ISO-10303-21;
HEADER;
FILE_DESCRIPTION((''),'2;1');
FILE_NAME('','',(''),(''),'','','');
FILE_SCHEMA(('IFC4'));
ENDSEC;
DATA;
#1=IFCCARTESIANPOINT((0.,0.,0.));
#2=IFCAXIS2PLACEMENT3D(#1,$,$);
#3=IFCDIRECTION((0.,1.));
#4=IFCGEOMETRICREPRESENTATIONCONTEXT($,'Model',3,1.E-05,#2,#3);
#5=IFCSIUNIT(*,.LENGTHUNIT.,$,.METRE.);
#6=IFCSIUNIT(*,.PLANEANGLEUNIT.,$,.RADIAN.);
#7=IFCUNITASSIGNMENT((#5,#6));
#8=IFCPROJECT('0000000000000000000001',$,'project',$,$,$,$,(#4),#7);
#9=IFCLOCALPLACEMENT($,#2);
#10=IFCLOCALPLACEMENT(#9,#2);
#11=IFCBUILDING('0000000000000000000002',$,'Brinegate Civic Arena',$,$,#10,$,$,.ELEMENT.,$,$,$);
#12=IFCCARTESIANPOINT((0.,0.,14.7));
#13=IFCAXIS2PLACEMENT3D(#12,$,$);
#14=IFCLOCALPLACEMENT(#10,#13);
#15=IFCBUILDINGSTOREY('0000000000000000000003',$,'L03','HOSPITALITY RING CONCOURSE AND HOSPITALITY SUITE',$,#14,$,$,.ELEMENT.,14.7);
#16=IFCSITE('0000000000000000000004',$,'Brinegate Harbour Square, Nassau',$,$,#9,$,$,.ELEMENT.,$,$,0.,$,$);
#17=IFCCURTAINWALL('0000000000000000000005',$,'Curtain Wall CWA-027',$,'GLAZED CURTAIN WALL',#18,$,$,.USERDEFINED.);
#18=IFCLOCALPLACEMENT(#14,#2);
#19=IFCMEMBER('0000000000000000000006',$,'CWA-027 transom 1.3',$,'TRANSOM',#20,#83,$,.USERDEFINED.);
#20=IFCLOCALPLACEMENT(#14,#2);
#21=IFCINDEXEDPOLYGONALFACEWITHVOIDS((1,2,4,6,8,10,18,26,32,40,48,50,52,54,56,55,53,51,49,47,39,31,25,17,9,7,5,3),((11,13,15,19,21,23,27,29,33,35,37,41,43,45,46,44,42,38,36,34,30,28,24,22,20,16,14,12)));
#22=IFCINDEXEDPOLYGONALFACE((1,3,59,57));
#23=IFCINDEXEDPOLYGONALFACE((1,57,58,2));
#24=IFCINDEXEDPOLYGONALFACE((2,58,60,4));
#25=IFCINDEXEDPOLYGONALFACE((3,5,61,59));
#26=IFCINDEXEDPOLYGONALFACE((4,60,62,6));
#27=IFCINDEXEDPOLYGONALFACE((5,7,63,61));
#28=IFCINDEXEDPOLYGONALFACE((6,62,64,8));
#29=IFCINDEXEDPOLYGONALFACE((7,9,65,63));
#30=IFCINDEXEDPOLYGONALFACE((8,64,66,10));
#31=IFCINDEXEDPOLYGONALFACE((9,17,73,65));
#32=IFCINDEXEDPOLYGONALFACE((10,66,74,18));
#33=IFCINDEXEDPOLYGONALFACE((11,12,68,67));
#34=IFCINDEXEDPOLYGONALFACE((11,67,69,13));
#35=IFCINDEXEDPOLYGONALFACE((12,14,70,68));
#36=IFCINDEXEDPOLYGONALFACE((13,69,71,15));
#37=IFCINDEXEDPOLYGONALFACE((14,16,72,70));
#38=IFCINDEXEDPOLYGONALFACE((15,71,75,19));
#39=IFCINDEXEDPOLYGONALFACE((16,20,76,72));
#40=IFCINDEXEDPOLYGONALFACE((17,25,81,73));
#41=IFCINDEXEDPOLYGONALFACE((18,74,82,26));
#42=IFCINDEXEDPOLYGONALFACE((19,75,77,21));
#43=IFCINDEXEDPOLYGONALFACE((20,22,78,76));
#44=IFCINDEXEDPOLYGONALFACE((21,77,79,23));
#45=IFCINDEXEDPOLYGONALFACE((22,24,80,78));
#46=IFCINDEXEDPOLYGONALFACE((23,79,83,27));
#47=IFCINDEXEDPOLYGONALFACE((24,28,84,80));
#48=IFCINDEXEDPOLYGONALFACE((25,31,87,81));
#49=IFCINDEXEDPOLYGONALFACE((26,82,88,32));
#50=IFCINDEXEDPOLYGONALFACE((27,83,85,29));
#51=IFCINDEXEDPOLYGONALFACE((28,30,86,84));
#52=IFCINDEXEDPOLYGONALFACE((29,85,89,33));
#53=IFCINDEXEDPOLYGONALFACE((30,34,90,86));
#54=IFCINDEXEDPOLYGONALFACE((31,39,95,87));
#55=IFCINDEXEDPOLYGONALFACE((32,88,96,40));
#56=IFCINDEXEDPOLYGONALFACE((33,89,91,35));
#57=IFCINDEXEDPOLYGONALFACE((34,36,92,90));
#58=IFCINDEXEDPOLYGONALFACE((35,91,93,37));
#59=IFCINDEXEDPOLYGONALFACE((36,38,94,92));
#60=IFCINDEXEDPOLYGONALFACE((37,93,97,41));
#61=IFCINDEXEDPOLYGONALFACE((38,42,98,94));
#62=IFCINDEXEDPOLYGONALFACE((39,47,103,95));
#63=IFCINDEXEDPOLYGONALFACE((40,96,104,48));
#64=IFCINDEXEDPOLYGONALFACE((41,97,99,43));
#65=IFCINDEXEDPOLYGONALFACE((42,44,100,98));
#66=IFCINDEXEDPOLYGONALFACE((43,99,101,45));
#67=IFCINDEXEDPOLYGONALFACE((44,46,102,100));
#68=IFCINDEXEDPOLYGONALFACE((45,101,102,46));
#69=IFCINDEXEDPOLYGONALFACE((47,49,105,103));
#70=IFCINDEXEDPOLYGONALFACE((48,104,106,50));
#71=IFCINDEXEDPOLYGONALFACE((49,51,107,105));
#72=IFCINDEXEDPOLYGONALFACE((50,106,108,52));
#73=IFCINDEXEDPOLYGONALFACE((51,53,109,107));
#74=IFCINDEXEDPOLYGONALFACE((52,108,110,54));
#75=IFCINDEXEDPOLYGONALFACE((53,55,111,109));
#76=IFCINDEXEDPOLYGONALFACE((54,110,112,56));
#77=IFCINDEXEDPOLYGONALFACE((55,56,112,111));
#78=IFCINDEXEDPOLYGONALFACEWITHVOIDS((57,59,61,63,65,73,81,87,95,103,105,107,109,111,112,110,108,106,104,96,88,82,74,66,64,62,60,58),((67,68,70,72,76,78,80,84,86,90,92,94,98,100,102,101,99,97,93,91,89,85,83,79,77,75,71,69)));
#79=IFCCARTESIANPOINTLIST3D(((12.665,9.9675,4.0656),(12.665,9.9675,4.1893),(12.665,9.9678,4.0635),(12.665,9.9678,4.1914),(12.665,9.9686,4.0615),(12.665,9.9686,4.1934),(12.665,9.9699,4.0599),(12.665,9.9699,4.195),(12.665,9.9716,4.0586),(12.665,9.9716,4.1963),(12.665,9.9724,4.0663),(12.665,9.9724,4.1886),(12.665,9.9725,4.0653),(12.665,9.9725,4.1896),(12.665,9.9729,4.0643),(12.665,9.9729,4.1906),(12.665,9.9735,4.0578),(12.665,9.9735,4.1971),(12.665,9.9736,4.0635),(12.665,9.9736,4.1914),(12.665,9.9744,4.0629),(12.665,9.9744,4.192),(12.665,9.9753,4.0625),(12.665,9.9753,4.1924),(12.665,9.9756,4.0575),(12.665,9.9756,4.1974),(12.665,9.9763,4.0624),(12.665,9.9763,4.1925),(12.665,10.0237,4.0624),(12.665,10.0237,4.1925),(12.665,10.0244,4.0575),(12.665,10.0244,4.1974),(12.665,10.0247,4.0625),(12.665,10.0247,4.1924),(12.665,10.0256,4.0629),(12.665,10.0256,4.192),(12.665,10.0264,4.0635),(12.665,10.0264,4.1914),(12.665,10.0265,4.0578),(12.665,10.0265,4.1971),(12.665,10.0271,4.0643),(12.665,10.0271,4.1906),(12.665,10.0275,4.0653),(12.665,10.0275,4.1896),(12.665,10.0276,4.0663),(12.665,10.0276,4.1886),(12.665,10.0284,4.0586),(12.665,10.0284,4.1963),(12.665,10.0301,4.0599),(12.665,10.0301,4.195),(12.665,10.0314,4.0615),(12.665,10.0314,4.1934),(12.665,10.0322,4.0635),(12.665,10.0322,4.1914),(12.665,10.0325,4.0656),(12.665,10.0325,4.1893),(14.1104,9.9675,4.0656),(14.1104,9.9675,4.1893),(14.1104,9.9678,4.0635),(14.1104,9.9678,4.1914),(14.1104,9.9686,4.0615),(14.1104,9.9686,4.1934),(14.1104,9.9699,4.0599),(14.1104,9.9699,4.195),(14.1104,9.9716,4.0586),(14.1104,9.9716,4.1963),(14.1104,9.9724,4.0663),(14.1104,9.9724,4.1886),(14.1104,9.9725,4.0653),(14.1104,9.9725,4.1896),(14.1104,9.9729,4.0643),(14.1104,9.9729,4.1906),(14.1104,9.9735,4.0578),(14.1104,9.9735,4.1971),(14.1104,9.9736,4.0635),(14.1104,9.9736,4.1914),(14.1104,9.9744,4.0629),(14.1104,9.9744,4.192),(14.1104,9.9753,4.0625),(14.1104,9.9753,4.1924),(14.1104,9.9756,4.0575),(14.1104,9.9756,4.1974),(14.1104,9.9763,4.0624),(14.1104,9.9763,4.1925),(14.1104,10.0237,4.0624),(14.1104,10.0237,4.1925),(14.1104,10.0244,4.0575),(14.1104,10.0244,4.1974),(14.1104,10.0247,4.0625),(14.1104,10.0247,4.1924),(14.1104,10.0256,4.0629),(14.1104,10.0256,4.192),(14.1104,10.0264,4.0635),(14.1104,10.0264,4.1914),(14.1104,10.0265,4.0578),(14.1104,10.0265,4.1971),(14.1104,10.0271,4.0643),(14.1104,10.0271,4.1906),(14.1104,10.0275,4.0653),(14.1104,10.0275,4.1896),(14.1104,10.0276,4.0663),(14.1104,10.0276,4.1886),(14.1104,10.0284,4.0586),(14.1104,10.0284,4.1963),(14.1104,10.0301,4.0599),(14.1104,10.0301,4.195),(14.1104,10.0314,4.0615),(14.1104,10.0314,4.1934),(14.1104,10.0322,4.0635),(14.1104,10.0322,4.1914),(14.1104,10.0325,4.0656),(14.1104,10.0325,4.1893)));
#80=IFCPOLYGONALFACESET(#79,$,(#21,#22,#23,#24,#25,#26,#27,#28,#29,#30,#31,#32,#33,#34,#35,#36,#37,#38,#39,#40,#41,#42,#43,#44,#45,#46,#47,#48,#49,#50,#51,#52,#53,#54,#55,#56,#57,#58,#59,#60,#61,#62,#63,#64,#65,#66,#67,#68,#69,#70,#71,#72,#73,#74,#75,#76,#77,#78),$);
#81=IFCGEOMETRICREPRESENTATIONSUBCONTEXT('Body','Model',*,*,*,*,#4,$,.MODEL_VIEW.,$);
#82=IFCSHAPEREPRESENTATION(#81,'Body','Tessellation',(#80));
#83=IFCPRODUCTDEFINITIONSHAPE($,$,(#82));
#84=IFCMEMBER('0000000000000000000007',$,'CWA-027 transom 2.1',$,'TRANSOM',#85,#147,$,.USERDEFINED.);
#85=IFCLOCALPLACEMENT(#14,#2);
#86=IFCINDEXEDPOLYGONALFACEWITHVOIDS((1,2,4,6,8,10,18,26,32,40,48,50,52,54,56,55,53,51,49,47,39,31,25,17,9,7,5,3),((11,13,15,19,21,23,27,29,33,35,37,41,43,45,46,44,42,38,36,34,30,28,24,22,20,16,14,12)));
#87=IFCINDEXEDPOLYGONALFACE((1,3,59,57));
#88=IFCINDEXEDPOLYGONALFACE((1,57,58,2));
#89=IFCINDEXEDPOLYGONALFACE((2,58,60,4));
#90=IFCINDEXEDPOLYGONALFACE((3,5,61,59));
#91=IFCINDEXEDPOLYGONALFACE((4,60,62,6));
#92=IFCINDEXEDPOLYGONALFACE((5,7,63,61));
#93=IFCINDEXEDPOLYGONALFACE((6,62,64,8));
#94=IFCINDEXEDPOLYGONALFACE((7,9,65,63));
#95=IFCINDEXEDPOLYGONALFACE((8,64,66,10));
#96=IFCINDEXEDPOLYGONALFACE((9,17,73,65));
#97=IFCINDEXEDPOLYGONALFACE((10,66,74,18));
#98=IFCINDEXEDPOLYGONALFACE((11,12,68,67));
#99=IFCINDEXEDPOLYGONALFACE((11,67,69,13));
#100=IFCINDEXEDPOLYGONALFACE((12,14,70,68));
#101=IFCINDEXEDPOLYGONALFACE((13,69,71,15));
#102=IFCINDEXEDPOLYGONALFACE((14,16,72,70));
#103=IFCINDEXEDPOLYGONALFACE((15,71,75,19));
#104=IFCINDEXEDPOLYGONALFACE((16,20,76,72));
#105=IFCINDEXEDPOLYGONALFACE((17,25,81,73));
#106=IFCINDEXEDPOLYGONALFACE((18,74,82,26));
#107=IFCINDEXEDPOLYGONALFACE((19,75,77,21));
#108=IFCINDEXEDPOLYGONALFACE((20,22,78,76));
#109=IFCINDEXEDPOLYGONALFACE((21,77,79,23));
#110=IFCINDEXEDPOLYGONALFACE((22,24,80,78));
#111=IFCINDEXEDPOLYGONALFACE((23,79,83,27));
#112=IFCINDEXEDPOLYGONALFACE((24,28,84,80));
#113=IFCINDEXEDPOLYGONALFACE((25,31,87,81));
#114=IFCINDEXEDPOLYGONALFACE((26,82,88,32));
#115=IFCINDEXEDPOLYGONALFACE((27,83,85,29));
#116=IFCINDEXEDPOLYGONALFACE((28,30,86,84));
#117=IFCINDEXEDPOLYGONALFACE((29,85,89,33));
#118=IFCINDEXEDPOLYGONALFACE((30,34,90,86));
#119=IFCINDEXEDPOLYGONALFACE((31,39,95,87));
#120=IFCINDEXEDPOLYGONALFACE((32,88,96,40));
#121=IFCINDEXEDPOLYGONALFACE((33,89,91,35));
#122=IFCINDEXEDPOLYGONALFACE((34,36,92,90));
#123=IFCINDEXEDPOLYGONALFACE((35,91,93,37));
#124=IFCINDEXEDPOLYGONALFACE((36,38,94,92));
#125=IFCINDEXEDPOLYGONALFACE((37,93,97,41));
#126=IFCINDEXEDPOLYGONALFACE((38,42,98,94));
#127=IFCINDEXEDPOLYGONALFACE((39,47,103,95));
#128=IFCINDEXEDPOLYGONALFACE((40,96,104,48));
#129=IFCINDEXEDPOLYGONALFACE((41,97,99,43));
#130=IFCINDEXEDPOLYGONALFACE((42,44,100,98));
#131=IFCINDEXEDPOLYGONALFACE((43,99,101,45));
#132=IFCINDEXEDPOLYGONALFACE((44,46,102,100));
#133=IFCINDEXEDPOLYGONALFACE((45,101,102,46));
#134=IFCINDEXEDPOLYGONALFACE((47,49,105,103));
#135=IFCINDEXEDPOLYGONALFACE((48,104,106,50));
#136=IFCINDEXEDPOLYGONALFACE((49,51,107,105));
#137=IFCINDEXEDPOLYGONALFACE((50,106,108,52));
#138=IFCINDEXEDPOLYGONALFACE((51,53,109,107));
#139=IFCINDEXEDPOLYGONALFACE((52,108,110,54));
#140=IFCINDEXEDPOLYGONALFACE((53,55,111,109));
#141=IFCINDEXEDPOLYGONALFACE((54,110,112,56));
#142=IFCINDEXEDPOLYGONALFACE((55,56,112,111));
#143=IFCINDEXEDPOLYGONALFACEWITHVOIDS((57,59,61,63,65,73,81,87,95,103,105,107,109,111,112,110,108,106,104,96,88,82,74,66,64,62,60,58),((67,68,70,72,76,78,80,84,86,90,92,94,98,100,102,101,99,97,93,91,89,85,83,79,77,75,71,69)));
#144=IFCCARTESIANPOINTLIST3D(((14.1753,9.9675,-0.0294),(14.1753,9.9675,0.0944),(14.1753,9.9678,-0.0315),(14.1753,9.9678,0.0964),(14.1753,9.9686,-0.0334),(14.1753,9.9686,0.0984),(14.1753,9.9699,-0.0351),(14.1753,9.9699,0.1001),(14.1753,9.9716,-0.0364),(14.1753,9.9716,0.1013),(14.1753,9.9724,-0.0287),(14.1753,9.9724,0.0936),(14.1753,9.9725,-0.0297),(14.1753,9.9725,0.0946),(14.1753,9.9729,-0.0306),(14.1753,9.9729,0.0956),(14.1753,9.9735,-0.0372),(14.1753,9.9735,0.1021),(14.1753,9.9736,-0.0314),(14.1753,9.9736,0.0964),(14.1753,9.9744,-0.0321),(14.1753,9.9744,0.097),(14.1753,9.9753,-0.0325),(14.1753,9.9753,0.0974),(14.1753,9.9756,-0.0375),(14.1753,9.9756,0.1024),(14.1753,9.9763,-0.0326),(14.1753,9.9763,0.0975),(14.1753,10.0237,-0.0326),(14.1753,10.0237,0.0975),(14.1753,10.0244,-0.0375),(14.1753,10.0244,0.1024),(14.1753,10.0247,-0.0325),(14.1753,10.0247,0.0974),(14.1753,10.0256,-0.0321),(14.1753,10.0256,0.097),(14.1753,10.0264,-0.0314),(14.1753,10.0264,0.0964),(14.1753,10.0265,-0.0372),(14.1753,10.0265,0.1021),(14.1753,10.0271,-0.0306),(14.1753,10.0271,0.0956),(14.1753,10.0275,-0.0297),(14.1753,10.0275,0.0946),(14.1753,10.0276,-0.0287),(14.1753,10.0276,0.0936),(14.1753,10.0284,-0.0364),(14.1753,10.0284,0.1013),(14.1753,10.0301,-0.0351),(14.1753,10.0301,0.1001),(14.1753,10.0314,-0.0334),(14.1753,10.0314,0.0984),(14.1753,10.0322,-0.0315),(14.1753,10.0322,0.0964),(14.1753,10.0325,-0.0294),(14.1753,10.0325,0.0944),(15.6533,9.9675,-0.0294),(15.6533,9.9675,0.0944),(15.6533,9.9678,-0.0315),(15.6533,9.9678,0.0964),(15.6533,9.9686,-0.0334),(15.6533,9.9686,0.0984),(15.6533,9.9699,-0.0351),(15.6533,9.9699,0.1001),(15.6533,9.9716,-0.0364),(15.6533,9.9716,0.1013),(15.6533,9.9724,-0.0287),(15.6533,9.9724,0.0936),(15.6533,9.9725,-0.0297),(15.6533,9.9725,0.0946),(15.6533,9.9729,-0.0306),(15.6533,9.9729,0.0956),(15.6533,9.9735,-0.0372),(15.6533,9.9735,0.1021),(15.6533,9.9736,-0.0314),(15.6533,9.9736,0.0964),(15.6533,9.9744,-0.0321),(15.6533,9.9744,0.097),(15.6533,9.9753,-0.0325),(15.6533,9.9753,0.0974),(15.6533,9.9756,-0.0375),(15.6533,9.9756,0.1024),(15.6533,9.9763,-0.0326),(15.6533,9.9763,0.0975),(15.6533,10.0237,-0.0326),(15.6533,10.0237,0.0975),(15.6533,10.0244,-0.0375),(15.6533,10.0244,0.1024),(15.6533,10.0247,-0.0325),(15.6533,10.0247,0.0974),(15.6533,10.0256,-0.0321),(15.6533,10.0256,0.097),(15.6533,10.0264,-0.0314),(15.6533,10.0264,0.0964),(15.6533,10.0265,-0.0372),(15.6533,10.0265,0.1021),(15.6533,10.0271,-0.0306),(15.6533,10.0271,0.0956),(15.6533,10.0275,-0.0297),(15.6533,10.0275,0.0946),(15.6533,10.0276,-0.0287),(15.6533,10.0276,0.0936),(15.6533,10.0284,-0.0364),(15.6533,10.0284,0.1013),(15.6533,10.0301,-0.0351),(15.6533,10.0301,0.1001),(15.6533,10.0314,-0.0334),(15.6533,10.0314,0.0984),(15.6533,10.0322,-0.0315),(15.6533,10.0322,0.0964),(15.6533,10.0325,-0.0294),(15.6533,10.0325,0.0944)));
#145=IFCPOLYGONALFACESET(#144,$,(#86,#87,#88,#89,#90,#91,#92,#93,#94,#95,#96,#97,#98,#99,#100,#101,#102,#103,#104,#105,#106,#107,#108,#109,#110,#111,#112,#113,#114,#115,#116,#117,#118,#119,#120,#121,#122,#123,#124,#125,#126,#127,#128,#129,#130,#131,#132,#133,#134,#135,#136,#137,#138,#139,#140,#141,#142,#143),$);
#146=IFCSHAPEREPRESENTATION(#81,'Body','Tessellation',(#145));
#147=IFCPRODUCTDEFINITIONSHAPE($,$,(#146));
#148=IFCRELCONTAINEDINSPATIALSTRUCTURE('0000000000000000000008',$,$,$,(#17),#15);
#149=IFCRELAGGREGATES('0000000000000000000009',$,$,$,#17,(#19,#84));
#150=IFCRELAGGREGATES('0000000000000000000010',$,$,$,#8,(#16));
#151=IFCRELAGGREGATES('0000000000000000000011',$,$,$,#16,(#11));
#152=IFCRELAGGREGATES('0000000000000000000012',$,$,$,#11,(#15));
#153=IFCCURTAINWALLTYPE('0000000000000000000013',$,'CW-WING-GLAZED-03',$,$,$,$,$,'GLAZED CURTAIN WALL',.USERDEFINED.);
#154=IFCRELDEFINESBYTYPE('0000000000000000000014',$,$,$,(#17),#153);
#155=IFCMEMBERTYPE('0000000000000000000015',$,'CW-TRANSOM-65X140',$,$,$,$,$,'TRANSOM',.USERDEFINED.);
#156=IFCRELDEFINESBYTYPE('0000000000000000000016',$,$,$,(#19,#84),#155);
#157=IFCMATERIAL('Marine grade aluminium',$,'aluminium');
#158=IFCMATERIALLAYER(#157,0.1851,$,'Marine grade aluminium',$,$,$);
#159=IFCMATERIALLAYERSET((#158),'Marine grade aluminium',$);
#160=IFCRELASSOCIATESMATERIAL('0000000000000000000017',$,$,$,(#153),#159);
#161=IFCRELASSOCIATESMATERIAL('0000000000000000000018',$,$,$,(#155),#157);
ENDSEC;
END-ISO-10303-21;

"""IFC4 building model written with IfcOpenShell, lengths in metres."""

from ifc_helpers import new_model, si_unit, direction, frame, origin, origin_2d, place, context, subcontext, project, spatial, hollow_rectangle, extrude, material, layer, layer_set, material_profile, profile_set, type_object, element, aggregate, save


model = new_model("IFC4")

# Units and contexts
model_context = context("Model", 3, precision=1e-05, world=origin(), true_north=direction((0.0, 1.0)))
body_context = subcontext(model_context, "Body", "Model", "MODEL_VIEW")
ifc_project = project(units=[si_unit("LENGTHUNIT", "METRE"), si_unit("PLANEANGLEUNIT", "RADIAN")], contexts=[model_context])

# Site, building, storey
site_placement = place(None, origin())
site = spatial("IfcSite", under=ifc_project, at=site_placement, Name="Brinegate Harbour Square, Nassau", CompositionType="ELEMENT", RefElevation=0.0)
building_placement = place(site_placement, origin())
building = spatial("IfcBuilding", under=site, at=building_placement, Name="Brinegate Civic Arena", CompositionType="ELEMENT")
storey_placement = place(building_placement, frame((0.0, 0.0, 14.7)))
storey = spatial("IfcBuildingStorey", under=building, at=storey_placement, Name="L03", Description="HOSPITALITY RING CONCOURSE AND HOSPITALITY SUITE", CompositionType="ELEMENT", Elevation=14.7)

# Curtain wall, members
ifc_material_1 = material(Name="Marine grade aluminium", Category="aluminium")
ifc_layer_1 = layer(ifc_material_1, 0.1851, Name="Marine grade aluminium")
ifc_layer_set_1 = layer_set([ifc_layer_1], Name="Marine grade aluminium")
curtain_wall_type = type_object("IfcCurtainWallType", Name="CW-WING-GLAZED-03", ElementType="GLAZED CURTAIN WALL", PredefinedType="USERDEFINED", material=ifc_layer_set_1)
curtain_wall_placement = place(storey_placement, origin())
curtain_wall = element("IfcCurtainWall", 1, at=curtain_wall_placement, inside=storey, type_object=curtain_wall_type, Name="Curtain Wall CWA-027", ObjectType="GLAZED CURTAIN WALL", PredefinedType="USERDEFINED")
ifc_material_profile_1 = material_profile(ifc_material_1, hollow_rectangle(XDim=0.0649, YDim=0.1399, WallThickness=0.0049, InnerFilletRadius=0.0039, OuterFilletRadius=0.0081, at=origin_2d()), Name="TRN65X140")
ifc_profile_set_1 = profile_set([ifc_material_profile_1], Name="Marine grade aluminium")
member_type_1 = type_object("IfcMemberType", Name="CW-TRANSOM-65X140", ElementType="TRANSOM", PredefinedType="USERDEFINED", material=ifc_profile_set_1)
member_1_placement = place(storey_placement, frame((12.665, 10.0, 4.1274), z_axis=(1.0, 0.0, 0.0), x_axis=(0.0, 1.0, 0.0)))
member_1 = element("IfcMember", 2, at=member_1_placement, type_object=member_type_1, Name="CWA-027 transom 1.3", ObjectType="TRANSOM", PredefinedType="USERDEFINED", context=body_context, shape_type="SweptSolid", body=[
    extrude(hollow_rectangle(XDim=0.0649, YDim=0.1399, WallThickness=0.0049, InnerFilletRadius=0.0039, OuterFilletRadius=0.0081, at=origin_2d()), origin(), (0.0, 0.0, 1.0), 1.4453),
])
member_2_placement = place(storey_placement, frame((14.1753, 10.0, 0.0325), z_axis=(1.0, 0.0, 0.0), x_axis=(0.0, 1.0, 0.0)))
member_2 = element("IfcMember", 3, at=member_2_placement, type_object=member_type_1, Name="CWA-027 transom 2.1", ObjectType="TRANSOM", PredefinedType="USERDEFINED", context=body_context, shape_type="SweptSolid", body=[
    extrude(hollow_rectangle(XDim=0.0649, YDim=0.1399, WallThickness=0.0049, InnerFilletRadius=0.0039, OuterFilletRadius=0.0081, at=origin_2d()), origin(), (0.0, 0.0, 1.0), 1.478),
])

aggregate(curtain_wall, [member_1, member_2])

save(model, "model.ifc")
